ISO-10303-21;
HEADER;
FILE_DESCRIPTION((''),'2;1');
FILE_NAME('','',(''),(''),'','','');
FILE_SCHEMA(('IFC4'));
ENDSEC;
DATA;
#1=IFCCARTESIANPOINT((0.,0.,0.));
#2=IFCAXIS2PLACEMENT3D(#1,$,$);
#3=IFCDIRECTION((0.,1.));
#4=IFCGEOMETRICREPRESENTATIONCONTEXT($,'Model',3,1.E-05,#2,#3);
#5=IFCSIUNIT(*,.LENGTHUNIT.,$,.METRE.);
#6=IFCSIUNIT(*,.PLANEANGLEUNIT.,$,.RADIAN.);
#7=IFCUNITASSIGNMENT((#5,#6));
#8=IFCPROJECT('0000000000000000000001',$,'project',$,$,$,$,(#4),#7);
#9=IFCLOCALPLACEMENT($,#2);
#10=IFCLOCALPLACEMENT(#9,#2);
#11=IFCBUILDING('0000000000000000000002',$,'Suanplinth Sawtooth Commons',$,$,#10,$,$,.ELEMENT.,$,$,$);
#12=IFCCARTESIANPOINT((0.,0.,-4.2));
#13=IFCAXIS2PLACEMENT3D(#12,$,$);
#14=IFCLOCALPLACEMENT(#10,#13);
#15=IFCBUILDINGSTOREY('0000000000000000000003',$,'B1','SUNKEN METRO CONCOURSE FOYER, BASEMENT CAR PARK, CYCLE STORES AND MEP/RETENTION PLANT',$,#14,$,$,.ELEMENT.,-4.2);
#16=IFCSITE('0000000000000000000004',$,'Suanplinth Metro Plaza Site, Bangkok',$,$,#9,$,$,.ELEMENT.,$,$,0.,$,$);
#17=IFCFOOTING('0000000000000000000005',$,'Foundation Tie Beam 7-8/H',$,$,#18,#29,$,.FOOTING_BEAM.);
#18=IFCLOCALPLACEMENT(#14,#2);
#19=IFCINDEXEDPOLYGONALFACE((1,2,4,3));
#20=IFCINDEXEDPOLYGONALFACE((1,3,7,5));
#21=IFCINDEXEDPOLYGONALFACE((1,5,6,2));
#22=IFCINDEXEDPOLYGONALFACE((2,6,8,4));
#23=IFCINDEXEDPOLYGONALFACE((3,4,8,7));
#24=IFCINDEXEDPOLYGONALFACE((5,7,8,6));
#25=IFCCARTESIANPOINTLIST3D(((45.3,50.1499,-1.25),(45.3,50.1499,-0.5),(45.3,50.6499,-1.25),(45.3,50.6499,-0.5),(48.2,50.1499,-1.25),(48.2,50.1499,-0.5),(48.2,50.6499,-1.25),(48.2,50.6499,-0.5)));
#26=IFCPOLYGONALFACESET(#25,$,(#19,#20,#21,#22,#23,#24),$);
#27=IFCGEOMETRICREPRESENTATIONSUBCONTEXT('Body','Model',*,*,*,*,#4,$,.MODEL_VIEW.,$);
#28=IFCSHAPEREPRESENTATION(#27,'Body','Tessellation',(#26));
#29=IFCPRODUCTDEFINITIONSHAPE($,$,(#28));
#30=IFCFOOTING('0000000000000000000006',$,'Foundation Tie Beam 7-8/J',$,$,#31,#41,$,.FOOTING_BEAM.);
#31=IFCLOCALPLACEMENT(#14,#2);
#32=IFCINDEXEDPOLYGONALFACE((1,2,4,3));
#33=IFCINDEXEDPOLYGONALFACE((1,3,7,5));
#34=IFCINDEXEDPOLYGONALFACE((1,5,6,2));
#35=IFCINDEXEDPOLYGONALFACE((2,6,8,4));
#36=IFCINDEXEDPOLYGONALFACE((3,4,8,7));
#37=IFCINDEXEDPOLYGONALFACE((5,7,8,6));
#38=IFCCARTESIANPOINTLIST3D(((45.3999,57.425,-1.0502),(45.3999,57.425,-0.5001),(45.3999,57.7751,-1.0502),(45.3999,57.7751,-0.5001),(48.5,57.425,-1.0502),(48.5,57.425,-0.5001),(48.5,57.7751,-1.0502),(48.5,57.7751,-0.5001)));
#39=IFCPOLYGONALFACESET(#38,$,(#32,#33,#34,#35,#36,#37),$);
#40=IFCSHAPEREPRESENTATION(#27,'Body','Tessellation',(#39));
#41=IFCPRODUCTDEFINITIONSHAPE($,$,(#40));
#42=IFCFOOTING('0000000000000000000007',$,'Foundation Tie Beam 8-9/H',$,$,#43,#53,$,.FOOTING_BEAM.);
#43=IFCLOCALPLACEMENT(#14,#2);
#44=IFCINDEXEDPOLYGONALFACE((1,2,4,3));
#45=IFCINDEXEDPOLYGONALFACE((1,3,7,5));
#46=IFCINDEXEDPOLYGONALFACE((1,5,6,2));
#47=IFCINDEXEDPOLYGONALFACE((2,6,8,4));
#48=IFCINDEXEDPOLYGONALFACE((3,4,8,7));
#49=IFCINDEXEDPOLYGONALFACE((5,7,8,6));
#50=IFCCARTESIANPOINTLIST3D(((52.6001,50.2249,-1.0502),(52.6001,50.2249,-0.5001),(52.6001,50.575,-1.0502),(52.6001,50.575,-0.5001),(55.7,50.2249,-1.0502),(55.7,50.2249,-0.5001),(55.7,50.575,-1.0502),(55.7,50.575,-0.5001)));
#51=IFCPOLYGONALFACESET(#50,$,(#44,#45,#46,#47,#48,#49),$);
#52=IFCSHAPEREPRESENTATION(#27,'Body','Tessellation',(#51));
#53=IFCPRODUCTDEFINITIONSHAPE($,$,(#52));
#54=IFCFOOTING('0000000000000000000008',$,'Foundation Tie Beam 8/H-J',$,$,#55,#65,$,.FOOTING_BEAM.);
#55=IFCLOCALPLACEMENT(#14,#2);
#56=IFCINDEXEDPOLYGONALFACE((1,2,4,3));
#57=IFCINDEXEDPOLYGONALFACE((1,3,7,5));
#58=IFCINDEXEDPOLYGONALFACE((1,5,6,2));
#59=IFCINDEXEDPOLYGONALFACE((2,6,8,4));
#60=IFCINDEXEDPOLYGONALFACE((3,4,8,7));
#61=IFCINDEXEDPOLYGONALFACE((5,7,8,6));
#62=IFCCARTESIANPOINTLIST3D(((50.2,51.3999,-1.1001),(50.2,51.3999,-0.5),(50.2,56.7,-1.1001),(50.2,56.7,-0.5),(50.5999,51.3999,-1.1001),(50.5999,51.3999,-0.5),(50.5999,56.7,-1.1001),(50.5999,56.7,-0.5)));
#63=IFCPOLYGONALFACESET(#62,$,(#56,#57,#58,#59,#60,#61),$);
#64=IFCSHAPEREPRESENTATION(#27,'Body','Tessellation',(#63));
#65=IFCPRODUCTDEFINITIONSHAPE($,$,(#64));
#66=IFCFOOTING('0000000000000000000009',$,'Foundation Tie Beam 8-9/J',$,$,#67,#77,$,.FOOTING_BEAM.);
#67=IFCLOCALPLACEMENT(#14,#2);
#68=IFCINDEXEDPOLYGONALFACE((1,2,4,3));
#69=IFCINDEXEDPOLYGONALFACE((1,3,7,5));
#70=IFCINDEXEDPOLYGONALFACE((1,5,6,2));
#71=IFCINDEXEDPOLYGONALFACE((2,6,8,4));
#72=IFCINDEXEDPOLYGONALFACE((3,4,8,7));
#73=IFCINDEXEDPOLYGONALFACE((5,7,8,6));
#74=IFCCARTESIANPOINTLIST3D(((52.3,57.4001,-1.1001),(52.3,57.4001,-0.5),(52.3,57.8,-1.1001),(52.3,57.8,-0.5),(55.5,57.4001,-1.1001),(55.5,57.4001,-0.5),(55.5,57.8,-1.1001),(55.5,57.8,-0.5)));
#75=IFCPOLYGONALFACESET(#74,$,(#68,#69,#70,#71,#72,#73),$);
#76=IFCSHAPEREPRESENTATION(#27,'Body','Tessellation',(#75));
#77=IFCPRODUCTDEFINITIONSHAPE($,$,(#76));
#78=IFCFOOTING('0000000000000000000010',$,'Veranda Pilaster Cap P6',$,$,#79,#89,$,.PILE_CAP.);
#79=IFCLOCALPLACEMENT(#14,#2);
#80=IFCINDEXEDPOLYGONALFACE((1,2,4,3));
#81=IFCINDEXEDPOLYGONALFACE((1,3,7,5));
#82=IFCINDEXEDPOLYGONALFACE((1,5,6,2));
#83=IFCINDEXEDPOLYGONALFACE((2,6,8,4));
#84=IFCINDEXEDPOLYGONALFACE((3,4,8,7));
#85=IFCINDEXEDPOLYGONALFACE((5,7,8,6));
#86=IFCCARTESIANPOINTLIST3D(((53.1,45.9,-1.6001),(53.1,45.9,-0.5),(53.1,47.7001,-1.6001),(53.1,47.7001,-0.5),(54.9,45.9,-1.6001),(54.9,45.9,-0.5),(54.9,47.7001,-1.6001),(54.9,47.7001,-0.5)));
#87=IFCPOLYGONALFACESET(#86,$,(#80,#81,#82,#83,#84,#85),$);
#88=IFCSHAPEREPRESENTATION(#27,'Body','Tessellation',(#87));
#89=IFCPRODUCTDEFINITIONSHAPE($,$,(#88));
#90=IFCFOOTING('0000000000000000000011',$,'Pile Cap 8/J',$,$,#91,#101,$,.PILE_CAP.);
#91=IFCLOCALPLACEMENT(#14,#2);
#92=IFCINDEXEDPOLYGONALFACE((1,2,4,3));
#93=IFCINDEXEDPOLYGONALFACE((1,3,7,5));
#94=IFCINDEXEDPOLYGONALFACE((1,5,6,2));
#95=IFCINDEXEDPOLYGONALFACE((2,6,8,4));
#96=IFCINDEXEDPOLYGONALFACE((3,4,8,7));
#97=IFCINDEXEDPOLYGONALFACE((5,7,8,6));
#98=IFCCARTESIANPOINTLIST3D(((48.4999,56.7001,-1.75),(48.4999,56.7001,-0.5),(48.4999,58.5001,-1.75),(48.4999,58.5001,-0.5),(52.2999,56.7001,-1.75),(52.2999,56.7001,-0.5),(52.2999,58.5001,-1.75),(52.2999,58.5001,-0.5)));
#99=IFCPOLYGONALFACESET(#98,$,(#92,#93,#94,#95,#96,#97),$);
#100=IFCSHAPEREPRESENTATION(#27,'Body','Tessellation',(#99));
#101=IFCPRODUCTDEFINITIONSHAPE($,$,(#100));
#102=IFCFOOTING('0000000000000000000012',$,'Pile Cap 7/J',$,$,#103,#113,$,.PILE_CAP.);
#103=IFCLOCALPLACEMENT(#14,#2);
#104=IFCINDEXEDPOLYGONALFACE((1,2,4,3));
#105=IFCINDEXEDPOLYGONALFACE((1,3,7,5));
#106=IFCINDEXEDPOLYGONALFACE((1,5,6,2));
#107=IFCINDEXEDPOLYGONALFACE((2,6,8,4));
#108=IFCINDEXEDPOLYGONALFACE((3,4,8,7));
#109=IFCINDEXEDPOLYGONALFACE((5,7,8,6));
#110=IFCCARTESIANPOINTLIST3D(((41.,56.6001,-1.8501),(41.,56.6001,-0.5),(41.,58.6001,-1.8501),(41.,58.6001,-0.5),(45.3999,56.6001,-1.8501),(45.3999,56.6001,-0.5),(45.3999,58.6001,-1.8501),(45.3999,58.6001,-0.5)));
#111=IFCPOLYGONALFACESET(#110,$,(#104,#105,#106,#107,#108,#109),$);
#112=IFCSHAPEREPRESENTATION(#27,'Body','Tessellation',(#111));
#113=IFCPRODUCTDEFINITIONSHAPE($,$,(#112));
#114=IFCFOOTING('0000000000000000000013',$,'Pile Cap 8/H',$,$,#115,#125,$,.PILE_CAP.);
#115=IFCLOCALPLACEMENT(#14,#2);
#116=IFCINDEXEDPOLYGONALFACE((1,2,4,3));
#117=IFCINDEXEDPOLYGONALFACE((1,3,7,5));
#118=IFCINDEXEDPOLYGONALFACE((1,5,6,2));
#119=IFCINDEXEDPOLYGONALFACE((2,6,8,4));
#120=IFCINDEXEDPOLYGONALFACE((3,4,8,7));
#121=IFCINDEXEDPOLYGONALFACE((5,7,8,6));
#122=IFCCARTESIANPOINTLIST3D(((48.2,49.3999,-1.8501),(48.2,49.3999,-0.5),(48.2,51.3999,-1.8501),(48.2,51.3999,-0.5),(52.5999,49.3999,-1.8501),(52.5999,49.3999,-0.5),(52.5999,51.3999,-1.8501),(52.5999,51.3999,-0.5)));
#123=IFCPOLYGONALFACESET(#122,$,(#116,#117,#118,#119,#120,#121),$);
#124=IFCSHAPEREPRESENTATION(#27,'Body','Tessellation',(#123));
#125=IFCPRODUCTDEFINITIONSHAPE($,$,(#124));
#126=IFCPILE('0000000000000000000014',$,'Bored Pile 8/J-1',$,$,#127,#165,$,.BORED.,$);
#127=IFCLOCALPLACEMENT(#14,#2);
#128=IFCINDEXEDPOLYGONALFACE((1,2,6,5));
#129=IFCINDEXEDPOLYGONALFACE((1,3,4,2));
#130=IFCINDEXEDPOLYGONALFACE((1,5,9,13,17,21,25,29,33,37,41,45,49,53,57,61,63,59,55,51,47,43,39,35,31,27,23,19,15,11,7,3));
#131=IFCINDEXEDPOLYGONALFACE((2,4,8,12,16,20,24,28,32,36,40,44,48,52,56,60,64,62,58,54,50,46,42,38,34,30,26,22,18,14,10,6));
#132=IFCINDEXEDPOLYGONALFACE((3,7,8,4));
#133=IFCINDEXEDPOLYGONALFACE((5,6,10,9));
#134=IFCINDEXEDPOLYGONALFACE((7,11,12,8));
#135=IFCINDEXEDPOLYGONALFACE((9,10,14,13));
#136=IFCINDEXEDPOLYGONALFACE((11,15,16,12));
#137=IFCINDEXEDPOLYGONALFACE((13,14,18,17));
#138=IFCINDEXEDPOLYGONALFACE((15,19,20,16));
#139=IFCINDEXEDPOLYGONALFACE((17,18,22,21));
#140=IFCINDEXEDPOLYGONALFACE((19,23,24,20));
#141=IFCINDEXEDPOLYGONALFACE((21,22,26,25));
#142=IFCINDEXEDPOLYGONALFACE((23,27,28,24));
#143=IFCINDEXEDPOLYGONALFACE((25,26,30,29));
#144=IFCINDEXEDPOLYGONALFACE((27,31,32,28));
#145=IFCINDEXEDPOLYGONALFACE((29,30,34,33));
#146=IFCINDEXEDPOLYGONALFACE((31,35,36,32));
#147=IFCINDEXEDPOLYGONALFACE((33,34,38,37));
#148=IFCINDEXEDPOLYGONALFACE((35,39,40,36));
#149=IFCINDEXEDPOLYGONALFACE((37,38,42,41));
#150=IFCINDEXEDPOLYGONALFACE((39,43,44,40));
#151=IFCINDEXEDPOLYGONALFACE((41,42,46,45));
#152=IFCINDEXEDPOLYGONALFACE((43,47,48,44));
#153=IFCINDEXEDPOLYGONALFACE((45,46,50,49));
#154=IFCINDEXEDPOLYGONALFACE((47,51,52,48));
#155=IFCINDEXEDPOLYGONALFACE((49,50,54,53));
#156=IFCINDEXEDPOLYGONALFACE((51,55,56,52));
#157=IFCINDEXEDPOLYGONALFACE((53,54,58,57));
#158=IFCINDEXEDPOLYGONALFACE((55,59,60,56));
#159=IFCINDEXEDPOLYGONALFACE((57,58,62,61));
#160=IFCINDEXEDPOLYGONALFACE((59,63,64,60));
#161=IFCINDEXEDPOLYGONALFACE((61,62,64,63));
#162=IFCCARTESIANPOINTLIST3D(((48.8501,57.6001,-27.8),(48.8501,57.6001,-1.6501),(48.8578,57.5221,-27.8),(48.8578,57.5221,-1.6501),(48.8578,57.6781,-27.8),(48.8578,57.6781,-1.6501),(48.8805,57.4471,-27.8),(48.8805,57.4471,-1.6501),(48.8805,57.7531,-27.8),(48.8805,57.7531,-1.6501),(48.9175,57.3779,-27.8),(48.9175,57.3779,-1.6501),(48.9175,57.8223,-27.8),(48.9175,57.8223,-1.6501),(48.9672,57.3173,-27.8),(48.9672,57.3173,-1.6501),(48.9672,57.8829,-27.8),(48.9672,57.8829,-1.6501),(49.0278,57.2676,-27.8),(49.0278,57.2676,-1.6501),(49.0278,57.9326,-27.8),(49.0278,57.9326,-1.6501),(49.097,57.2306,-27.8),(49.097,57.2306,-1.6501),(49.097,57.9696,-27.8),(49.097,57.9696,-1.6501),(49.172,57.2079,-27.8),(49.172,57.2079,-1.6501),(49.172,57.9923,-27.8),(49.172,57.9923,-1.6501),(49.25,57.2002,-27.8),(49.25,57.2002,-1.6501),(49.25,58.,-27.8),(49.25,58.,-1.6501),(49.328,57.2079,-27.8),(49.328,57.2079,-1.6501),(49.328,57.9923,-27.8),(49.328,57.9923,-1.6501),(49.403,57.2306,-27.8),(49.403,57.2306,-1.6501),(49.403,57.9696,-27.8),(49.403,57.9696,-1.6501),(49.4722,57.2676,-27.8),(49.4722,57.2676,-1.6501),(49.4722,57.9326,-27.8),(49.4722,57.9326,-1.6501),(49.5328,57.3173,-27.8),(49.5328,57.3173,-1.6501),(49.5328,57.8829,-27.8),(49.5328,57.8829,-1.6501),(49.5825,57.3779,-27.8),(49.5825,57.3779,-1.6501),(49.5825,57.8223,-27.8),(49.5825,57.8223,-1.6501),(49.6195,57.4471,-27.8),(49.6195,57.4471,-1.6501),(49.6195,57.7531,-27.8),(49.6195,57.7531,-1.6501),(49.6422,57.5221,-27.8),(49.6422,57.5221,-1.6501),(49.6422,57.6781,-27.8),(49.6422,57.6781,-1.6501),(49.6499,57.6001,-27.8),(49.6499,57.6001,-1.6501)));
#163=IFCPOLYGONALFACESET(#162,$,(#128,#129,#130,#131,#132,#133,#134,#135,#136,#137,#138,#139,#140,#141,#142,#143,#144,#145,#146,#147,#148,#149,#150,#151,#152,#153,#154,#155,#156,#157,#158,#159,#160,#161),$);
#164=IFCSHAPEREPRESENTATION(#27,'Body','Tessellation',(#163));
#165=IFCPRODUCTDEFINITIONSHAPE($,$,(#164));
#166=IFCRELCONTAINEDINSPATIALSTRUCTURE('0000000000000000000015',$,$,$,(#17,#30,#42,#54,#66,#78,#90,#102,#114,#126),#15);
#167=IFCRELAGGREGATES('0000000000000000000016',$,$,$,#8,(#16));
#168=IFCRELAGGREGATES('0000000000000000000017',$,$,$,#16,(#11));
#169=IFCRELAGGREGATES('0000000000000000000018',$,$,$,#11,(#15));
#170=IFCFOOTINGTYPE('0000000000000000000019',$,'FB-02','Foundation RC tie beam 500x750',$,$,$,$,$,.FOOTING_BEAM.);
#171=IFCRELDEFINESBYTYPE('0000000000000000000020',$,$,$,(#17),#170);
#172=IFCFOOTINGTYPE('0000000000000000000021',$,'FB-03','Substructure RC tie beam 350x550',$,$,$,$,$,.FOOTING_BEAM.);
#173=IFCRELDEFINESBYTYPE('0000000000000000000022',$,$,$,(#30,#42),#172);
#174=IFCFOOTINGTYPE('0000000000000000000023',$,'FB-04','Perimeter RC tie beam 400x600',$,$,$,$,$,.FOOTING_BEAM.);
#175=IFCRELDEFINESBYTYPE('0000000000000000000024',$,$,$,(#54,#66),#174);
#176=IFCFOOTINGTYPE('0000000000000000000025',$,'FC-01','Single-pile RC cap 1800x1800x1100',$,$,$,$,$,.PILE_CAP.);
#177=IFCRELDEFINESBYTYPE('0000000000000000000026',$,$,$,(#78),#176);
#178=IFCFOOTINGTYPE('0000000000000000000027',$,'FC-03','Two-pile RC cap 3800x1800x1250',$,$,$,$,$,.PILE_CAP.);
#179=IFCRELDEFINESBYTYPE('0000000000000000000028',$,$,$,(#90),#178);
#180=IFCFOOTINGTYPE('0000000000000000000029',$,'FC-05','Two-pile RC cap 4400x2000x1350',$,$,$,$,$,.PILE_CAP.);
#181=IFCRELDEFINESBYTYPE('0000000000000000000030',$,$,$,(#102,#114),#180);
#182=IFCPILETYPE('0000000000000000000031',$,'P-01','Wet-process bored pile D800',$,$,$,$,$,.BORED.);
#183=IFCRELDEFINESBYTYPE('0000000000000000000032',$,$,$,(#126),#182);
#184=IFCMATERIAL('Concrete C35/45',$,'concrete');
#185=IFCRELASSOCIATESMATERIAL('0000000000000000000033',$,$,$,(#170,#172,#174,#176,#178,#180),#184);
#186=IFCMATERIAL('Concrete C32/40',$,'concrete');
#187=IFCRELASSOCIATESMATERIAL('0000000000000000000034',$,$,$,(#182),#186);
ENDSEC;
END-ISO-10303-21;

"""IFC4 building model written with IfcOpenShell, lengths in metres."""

from ifc_helpers import new_model, si_unit, direction, frame, origin, origin_2d, place, context, subcontext, project, spatial, rectangle, circle, extrude, material, material_profile, profile_set, type_object, element, save


model = new_model("IFC4")

# Units and contexts
model_context = context("Model", 3, precision=1e-05, world=origin(), true_north=direction((0.0, 1.0)))
body_context = subcontext(model_context, "Body", "Model", "MODEL_VIEW")
ifc_project = project(units=[si_unit("LENGTHUNIT", "METRE"), si_unit("PLANEANGLEUNIT", "RADIAN")], contexts=[model_context])

# Site, building, storey
site_placement = place(None, origin())
site = spatial("IfcSite", under=ifc_project, at=site_placement, Name="Suanplinth Metro Plaza Site, Bangkok", CompositionType="ELEMENT", RefElevation=0.0)
building_placement = place(site_placement, origin())
building = spatial("IfcBuilding", under=site, at=building_placement, Name="Suanplinth Sawtooth Commons", CompositionType="ELEMENT")
storey_placement = place(building_placement, frame((0.0, 0.0, -4.2)))
storey = spatial("IfcBuildingStorey", under=building, at=storey_placement, Name="B1", Description="SUNKEN METRO CONCOURSE FOYER, BASEMENT CAR PARK, CYCLE STORES AND MEP/RETENTION PLANT", CompositionType="ELEMENT", Elevation=-4.2)

# Footings
ifc_material_1 = material(Name="Concrete C35/45", Category="concrete")
ifc_material_profile_1 = material_profile(ifc_material_1, rectangle(XDim=0.5, YDim=0.75, at=origin_2d()), Name="RC-GDR 500x750")
ifc_profile_set_1 = profile_set([ifc_material_profile_1], Name="Concrete C35/45")
footing_type_1 = type_object("IfcFootingType", Name="FB-02", Description="Foundation RC tie beam 500x750", PredefinedType="FOOTING_BEAM", material=ifc_profile_set_1)
footing_1_placement = place(storey_placement, frame((45.3, 50.3999, -0.875), z_axis=(1.0, 0.0, 0.0), x_axis=(0.0, 1.0, 0.0)))
element("IfcFooting", 1, at=footing_1_placement, inside=storey, type_object=footing_type_1, Name="Foundation Tie Beam 7-8/H", PredefinedType="FOOTING_BEAM", context=body_context, shape_type="SweptSolid", body=[
    extrude(rectangle(XDim=0.5, YDim=0.75, at=origin_2d()), origin(), (0.0, 0.0, 1.0), 2.8999),
])
ifc_material_profile_2 = material_profile(ifc_material_1, rectangle(XDim=0.3501, YDim=0.55, at=origin_2d()), Name="PC-BM 350x550")
ifc_profile_set_2 = profile_set([ifc_material_profile_2], Name="Concrete C35/45")
footing_type_2 = type_object("IfcFootingType", Name="FB-03", Description="Substructure RC tie beam 350x550", PredefinedType="FOOTING_BEAM", material=ifc_profile_set_2)
footing_2_placement = place(storey_placement, frame((45.3999, 57.6001, -0.7751), z_axis=(1.0, 0.0, 0.0), x_axis=(0.0, 1.0, 0.0)))
element("IfcFooting", 2, at=footing_2_placement, inside=storey, type_object=footing_type_2, Name="Foundation Tie Beam 7-8/J", PredefinedType="FOOTING_BEAM", context=body_context, shape_type="SweptSolid", body=[
    extrude(rectangle(XDim=0.3501, YDim=0.55, at=origin_2d()), origin(), (0.0, 0.0, 1.0), 3.1001),
])
footing_3_placement = place(storey_placement, frame((52.6001, 50.3999, -0.7751), z_axis=(1.0, 0.0, 0.0), x_axis=(0.0, 1.0, 0.0)))
element("IfcFooting", 3, at=footing_3_placement, inside=storey, type_object=footing_type_2, Name="Foundation Tie Beam 8-9/H", PredefinedType="FOOTING_BEAM", context=body_context, shape_type="SweptSolid", body=[
    extrude(rectangle(XDim=0.3501, YDim=0.55, at=origin_2d()), origin(), (0.0, 0.0, 1.0), 3.0999),
])
ifc_material_profile_3 = material_profile(ifc_material_1, rectangle(XDim=0.3999, YDim=0.6001, at=origin_2d()), Name="PC-GDR 400x600")
ifc_profile_set_3 = profile_set([ifc_material_profile_3], Name="Concrete C35/45")
footing_type_3 = type_object("IfcFootingType", Name="FB-04", Description="Perimeter RC tie beam 400x600", PredefinedType="FOOTING_BEAM", material=ifc_profile_set_3)
footing_4_placement = place(storey_placement, frame((50.3999, 51.3999, -0.8), z_axis=(0.0, 1.0, 0.0), x_axis=(-1.0, 0.0, 0.0)))
element("IfcFooting", 4, at=footing_4_placement, inside=storey, type_object=footing_type_3, Name="Foundation Tie Beam 8/H-J", PredefinedType="FOOTING_BEAM", context=body_context, shape_type="SweptSolid", body=[
    extrude(rectangle(XDim=0.3999, YDim=0.6001, at=origin_2d()), origin(), (0.0, 0.0, 1.0), 5.3),
])
footing_5_placement = place(storey_placement, frame((52.3, 57.6001, -0.8), z_axis=(1.0, 0.0, 0.0), x_axis=(0.0, 1.0, 0.0)))
element("IfcFooting", 5, at=footing_5_placement, inside=storey, type_object=footing_type_3, Name="Foundation Tie Beam 8-9/J", PredefinedType="FOOTING_BEAM", context=body_context, shape_type="SweptSolid", body=[
    extrude(rectangle(XDim=0.3999, YDim=0.6001, at=origin_2d()), origin(), (0.0, 0.0, 1.0), 3.2),
])
footing_type_4 = type_object("IfcFootingType", Name="FC-01", Description="Single-pile RC cap 1800x1800x1100", PredefinedType="PILE_CAP", material=ifc_material_1)
footing_6_placement = place(storey_placement, frame((54.0, 46.8, -1.6001), z_axis=(0.0, 0.0, 1.0), x_axis=(1.0, 0.0, 0.0)))
element("IfcFooting", 6, at=footing_6_placement, inside=storey, type_object=footing_type_4, Name="Veranda Pilaster Cap P6", PredefinedType="PILE_CAP", context=body_context, shape_type="SweptSolid", body=[
    extrude(rectangle(XDim=1.8, YDim=1.8, at=origin_2d()), origin(), (0.0, 0.0, 1.0), 1.1001),
])
footing_type_5 = type_object("IfcFootingType", Name="FC-03", Description="Two-pile RC cap 3800x1800x1250", PredefinedType="PILE_CAP", material=ifc_material_1)
footing_7_placement = place(storey_placement, frame((50.3999, 57.6001, -1.75), z_axis=(0.0, 0.0, 1.0), x_axis=(1.0, 0.0, 0.0)))
element("IfcFooting", 7, at=footing_7_placement, inside=storey, type_object=footing_type_5, Name="Pile Cap 8/J", PredefinedType="PILE_CAP", context=body_context, shape_type="SweptSolid", body=[
    extrude(rectangle(XDim=3.8, YDim=1.8, at=origin_2d()), origin(), (0.0, 0.0, 1.0), 1.25),
])
footing_type_6 = type_object("IfcFootingType", Name="FC-05", Description="Two-pile RC cap 4400x2000x1350", PredefinedType="PILE_CAP", material=ifc_material_1)
for number, where, z_axis, x_axis, name in (
    (8, (43.2, 57.6001, -1.8501), (0.0, 0.0, 1.0), (1.0, 0.0, 0.0), "Pile Cap 7/J"),
    (9, (50.3999, 50.3999, -1.8501), (0.0, 0.0, 1.0), (1.0, 0.0, 0.0), "Pile Cap 8/H"),
):
    element("IfcFooting", number, at=place(storey_placement, frame(where, z_axis=z_axis, x_axis=x_axis)), inside=storey, type_object=footing_type_6, Name=name, PredefinedType="PILE_CAP", context=body_context, shape_type="SweptSolid", body=[
        extrude(rectangle(XDim=4.3999, YDim=2.0, at=origin_2d()), origin(), (0.0, 0.0, 1.0), 1.3501),
    ])

# Pile
ifc_material_2 = material(Name="Concrete C32/40", Category="concrete")
ifc_material_profile_4 = material_profile(ifc_material_2, circle(Radius=0.3999, at=origin_2d()), Name="PILE D800")
ifc_profile_set_4 = profile_set([ifc_material_profile_4], Name="Concrete C32/40")
pile_type_1 = type_object("IfcPileType", Name="P-01", Description="Wet-process bored pile D800", PredefinedType="BORED", material=ifc_profile_set_4)
for number, where, z_axis, x_axis, name in (
    (10, (49.25, 57.6001, -1.6501), (0.0, 0.0, -1.0), (1.0, 0.0, 0.0), "Bored Pile 8/J-1"),
):
    element("IfcPile", number, at=place(storey_placement, frame(where, z_axis=z_axis, x_axis=x_axis)), inside=storey, type_object=pile_type_1, Name=name, PredefinedType="BORED", context=body_context, shape_type="SweptSolid", body=[
        extrude(circle(Radius=0.3999, at=origin_2d()), origin(), (0.0, 0.0, 1.0), 26.1499),
    ])

save(model, "model.ifc")
